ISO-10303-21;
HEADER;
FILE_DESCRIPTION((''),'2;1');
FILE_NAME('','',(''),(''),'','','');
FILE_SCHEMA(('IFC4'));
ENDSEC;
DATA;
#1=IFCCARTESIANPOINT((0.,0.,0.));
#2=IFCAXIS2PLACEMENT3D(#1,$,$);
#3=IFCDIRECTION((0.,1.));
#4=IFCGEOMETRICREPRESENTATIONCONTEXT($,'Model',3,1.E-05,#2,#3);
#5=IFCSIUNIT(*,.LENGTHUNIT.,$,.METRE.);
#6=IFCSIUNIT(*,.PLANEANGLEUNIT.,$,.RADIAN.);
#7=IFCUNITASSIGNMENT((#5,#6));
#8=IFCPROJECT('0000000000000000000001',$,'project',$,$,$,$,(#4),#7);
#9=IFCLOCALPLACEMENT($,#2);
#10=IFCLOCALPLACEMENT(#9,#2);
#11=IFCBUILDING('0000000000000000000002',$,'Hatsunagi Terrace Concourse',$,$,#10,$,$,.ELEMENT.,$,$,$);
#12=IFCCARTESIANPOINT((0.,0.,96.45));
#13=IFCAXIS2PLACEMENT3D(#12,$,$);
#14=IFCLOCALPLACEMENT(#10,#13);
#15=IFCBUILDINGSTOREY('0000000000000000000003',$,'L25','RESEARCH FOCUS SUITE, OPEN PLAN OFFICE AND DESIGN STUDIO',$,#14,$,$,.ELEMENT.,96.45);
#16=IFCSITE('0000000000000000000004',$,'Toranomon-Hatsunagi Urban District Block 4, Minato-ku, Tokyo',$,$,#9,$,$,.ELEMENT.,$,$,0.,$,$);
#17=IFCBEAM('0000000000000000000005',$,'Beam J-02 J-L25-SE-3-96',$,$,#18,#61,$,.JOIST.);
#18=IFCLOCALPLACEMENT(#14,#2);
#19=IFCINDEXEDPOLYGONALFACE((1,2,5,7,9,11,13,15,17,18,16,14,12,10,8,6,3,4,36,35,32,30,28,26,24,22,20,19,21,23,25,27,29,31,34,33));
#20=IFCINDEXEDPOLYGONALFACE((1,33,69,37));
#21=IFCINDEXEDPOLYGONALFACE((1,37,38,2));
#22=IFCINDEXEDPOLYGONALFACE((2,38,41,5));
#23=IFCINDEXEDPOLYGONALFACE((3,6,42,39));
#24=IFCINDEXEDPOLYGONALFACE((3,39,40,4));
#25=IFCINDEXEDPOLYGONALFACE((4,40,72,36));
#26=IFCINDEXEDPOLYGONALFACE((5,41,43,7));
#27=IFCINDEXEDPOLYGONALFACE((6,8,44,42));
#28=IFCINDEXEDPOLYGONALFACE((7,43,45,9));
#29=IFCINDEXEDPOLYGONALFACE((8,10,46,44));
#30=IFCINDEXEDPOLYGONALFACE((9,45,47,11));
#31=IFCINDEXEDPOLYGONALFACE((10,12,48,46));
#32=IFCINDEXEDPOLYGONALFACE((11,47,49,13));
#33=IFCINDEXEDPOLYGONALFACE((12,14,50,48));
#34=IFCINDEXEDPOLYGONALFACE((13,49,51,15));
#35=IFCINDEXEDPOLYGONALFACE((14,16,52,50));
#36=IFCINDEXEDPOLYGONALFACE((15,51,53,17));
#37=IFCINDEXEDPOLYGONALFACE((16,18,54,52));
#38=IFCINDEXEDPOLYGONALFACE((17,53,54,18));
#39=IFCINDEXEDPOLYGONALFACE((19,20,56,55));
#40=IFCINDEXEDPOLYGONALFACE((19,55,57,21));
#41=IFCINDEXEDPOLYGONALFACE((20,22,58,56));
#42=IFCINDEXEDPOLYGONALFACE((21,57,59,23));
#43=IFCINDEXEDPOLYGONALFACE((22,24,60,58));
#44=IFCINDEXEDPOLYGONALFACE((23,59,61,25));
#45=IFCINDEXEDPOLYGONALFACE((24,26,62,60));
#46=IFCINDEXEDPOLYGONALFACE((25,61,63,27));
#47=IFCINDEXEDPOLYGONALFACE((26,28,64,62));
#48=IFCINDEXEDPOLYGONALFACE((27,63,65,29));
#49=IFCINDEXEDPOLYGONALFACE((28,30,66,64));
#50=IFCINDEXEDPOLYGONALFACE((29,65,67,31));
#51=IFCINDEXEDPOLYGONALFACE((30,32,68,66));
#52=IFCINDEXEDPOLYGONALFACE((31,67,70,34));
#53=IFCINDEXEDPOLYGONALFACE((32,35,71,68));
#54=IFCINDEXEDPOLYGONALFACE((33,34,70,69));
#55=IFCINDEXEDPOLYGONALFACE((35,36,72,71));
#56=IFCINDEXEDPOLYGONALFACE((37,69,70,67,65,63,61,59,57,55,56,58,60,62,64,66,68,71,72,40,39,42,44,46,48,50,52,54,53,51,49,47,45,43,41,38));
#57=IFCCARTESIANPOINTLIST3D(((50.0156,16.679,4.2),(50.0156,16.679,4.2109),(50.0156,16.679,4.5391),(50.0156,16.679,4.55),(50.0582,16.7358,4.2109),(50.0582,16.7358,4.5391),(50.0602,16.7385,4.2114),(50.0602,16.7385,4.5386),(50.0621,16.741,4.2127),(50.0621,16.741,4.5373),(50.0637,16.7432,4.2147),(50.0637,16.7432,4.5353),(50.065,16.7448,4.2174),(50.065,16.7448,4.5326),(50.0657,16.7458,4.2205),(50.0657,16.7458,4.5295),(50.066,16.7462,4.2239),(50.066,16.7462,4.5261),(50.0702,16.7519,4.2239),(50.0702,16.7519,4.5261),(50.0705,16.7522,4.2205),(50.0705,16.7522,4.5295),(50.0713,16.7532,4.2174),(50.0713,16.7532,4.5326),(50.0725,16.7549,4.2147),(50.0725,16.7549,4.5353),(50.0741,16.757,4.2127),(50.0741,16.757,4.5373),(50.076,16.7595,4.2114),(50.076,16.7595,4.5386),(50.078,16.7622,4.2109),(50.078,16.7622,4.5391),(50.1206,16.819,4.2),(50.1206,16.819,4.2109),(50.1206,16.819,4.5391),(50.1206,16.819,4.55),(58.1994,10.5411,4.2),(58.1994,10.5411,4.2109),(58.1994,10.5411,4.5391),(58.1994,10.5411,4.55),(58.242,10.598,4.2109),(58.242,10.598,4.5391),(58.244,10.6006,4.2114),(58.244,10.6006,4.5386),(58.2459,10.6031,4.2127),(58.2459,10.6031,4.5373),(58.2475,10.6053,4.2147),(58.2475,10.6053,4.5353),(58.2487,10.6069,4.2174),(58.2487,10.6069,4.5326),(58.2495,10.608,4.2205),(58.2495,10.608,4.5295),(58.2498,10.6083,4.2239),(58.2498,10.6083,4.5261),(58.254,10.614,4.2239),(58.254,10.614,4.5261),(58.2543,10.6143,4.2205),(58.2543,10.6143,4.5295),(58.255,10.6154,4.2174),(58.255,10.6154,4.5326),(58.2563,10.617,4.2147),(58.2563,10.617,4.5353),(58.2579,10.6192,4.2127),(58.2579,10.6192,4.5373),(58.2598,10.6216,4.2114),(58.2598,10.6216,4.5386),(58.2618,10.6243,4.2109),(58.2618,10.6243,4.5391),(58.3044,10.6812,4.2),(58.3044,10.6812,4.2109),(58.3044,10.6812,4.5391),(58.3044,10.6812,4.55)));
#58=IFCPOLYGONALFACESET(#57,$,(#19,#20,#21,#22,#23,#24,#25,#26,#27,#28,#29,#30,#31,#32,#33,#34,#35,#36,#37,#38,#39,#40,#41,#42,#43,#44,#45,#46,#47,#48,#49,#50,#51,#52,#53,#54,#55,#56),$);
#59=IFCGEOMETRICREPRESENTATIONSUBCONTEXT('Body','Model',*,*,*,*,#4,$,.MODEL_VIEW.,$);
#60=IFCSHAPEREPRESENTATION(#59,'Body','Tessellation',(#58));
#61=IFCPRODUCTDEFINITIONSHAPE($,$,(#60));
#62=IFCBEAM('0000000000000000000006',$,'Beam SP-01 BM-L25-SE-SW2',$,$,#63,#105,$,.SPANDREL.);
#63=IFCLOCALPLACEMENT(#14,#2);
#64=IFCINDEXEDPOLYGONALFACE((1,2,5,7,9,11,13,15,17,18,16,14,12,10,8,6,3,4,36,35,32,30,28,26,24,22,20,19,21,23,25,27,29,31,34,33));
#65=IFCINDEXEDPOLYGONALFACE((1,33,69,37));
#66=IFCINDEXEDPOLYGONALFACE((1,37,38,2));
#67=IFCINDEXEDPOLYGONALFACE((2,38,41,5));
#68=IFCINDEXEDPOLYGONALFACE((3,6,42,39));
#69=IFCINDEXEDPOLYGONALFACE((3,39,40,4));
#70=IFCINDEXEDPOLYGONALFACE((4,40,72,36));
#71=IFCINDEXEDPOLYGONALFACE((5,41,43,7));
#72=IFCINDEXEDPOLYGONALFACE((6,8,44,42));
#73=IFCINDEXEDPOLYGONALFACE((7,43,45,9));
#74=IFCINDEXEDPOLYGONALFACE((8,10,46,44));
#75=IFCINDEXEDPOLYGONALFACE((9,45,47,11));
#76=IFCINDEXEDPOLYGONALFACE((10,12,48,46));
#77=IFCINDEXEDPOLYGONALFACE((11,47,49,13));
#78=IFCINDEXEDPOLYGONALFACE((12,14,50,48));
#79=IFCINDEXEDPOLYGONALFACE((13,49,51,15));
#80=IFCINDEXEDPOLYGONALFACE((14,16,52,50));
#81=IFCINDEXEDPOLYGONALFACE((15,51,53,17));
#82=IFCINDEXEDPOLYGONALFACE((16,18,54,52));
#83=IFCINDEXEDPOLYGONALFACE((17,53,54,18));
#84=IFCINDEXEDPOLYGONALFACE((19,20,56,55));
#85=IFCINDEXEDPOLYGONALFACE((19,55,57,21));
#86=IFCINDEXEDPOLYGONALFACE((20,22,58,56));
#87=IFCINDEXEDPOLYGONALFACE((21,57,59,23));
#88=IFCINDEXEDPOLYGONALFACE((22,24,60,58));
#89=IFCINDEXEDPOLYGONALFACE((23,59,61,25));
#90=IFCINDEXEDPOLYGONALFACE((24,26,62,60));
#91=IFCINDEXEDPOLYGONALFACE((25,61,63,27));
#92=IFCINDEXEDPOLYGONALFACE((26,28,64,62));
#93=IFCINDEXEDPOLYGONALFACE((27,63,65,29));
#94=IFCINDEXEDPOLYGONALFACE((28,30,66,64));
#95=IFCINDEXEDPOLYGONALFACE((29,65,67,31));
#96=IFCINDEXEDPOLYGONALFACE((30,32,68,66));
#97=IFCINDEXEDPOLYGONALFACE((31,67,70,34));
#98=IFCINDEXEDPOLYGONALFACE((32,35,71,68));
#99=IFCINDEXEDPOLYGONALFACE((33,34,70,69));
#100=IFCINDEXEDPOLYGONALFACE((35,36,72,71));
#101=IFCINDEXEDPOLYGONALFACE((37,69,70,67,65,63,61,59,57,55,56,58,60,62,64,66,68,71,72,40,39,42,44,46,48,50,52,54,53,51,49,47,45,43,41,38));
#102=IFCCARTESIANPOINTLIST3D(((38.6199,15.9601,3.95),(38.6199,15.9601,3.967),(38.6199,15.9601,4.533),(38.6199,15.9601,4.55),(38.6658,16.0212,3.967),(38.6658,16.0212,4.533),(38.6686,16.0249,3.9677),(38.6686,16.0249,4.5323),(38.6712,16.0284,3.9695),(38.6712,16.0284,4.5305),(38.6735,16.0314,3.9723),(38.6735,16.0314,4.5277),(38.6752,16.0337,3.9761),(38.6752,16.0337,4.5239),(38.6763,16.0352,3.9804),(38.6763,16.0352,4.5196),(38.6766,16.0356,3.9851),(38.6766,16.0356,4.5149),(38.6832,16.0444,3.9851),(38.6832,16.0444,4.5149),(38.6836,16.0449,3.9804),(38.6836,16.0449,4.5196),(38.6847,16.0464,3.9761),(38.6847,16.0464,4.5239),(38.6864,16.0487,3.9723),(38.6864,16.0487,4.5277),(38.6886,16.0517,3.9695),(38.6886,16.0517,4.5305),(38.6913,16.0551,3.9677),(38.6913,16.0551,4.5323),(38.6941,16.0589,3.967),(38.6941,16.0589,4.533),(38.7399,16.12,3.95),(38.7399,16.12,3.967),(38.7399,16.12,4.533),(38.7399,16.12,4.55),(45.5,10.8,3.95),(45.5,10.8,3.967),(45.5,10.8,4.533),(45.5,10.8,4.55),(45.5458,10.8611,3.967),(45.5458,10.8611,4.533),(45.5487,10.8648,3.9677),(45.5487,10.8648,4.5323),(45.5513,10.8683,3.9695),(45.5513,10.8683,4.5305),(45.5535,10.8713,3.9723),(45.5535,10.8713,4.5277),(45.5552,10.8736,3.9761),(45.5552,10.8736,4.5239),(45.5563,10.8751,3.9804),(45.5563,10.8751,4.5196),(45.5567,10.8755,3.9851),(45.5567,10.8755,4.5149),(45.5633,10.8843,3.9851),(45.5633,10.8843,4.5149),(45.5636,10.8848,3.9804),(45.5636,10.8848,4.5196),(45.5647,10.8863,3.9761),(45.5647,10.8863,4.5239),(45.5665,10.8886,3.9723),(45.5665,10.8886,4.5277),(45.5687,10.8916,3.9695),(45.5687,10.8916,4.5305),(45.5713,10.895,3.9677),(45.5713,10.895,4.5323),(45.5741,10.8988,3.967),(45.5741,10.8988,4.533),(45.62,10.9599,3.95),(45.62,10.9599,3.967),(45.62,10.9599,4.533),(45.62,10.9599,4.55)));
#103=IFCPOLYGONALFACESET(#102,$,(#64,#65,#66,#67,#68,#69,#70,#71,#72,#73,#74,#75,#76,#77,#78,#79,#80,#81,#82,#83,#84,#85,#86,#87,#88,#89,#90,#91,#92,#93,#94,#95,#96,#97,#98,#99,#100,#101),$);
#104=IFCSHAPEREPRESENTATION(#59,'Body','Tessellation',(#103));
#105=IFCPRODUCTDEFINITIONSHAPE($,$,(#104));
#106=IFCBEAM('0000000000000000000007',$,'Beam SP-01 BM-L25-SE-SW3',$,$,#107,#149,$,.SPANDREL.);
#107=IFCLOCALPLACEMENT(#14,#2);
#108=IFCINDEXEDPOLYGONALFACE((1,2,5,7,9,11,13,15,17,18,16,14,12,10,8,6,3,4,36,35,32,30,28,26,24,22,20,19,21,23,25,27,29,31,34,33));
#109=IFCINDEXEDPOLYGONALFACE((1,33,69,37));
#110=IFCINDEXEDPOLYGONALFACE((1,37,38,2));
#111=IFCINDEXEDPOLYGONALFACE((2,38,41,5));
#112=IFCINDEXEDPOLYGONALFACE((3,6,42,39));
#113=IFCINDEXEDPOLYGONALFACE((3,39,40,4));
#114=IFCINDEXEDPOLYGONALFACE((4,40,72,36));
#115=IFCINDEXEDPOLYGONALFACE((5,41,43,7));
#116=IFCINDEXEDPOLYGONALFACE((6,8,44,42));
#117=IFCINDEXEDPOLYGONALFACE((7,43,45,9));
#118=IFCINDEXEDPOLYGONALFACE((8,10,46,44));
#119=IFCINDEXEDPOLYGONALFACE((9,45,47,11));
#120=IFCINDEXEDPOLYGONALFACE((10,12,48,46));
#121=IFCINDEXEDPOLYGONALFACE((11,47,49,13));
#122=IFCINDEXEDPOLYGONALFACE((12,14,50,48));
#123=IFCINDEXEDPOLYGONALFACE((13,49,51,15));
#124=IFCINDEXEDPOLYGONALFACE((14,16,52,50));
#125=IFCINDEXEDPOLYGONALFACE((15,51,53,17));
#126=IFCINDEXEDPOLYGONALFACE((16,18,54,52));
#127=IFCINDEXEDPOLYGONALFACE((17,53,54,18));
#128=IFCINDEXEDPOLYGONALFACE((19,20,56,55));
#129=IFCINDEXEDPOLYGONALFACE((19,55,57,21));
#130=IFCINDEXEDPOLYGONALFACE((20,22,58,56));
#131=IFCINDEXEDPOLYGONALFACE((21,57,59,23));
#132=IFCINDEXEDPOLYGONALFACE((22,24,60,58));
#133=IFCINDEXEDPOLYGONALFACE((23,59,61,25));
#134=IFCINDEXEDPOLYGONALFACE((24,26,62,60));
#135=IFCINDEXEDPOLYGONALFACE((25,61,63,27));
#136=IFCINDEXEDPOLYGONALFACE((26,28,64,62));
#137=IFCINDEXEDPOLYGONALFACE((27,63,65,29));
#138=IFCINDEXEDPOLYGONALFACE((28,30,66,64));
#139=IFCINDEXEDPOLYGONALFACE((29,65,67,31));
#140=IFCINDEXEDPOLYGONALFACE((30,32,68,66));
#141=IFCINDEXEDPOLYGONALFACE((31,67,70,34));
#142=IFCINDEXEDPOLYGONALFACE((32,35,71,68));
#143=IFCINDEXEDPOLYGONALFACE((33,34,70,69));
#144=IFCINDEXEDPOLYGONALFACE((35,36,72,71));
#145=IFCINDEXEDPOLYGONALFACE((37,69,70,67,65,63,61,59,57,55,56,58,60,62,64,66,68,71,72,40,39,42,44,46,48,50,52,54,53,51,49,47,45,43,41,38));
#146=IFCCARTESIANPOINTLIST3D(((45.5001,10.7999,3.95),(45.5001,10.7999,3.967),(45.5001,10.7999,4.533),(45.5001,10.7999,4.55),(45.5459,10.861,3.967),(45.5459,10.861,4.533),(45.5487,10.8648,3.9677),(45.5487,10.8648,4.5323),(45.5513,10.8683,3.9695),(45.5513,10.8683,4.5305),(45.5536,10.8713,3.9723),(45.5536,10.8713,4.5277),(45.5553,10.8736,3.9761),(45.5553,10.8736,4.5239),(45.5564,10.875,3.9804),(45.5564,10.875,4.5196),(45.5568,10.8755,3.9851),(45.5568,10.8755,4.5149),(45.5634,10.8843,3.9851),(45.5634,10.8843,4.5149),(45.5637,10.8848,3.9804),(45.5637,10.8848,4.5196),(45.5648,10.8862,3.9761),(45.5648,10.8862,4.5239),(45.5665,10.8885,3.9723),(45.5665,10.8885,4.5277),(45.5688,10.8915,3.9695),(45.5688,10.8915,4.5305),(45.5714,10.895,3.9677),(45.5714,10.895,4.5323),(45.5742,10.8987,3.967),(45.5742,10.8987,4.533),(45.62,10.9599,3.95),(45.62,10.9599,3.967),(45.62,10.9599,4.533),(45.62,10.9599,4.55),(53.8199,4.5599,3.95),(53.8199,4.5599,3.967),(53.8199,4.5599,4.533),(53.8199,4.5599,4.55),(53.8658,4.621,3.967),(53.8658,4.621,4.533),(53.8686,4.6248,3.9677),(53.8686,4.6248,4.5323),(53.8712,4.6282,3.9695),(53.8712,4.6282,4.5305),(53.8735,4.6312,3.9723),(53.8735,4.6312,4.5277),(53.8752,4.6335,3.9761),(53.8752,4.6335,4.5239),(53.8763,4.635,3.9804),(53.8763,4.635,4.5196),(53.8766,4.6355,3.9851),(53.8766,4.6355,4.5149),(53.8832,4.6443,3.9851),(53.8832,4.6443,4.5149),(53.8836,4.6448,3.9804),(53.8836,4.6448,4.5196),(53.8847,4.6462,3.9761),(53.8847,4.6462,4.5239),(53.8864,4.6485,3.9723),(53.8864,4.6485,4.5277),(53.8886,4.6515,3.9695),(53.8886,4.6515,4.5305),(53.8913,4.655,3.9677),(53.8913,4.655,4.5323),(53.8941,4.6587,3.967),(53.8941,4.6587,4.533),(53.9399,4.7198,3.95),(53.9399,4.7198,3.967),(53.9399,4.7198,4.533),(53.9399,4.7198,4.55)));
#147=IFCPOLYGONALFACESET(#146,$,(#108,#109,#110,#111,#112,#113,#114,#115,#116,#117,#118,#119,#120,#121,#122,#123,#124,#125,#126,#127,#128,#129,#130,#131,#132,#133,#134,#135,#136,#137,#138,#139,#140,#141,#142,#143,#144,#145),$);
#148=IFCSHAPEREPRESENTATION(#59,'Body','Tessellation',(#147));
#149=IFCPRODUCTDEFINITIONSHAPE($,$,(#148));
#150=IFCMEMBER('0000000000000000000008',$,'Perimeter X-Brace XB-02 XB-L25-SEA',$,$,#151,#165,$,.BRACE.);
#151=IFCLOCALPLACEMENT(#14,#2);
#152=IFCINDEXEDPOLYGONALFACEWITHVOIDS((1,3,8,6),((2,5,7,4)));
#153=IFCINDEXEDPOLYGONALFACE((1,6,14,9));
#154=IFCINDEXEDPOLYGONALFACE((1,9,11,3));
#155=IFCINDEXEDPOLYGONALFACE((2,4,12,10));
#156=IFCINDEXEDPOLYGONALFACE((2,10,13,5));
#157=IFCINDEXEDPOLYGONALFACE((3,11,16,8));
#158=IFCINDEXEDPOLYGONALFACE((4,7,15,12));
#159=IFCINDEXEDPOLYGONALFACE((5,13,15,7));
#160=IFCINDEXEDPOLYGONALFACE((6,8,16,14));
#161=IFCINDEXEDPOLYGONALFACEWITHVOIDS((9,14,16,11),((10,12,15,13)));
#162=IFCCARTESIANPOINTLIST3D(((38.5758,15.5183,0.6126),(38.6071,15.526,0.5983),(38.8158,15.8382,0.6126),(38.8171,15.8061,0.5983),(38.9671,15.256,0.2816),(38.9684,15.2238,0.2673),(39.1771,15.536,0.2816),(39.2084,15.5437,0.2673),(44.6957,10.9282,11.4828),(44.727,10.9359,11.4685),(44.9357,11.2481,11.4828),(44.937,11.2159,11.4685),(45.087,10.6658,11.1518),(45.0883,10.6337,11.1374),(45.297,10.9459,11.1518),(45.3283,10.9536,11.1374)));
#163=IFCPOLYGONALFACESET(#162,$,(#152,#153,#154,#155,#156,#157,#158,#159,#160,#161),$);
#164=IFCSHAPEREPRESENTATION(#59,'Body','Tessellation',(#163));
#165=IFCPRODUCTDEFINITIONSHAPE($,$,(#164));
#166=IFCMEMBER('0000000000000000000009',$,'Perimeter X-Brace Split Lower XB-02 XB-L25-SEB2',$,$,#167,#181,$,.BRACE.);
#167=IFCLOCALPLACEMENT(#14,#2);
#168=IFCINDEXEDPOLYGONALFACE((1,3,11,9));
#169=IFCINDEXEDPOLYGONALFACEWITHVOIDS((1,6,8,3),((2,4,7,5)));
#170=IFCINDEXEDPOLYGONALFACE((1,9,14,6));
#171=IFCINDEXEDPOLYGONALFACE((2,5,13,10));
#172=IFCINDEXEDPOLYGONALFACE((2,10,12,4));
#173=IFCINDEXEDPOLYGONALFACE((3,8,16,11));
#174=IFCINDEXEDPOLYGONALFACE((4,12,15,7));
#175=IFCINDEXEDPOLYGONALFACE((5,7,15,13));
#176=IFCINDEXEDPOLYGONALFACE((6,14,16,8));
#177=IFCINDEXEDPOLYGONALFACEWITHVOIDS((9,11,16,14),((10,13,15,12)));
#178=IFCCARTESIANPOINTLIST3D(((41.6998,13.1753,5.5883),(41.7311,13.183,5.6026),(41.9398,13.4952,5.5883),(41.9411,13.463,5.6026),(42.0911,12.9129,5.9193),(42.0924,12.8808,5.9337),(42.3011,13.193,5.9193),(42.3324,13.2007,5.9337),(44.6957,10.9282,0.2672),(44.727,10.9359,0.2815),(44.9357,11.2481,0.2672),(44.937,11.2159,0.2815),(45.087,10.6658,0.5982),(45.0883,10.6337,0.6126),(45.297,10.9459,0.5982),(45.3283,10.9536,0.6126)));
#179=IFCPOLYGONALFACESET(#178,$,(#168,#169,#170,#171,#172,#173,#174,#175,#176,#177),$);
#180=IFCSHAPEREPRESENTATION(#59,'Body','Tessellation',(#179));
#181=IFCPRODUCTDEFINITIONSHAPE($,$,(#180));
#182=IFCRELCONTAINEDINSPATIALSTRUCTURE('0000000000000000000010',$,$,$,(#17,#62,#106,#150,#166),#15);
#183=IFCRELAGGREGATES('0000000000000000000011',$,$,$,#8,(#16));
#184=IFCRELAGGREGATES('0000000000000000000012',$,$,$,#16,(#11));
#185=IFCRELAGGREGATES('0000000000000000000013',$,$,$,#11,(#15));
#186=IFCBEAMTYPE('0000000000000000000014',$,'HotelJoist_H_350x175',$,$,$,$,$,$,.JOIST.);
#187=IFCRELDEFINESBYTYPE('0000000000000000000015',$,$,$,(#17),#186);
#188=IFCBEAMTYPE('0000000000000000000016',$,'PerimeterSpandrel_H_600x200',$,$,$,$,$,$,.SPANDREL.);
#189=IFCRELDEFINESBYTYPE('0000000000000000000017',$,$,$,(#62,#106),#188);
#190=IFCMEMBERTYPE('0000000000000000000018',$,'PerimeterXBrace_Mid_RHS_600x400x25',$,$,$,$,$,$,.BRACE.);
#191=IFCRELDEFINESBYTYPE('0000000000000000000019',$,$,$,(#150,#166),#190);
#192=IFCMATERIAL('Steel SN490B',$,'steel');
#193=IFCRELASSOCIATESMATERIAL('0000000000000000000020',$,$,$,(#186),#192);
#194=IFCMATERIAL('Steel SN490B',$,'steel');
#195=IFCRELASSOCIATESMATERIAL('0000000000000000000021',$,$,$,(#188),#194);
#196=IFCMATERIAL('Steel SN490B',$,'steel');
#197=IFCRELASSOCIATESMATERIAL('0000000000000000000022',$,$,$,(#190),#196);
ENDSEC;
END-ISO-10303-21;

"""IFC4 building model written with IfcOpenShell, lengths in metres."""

from ifc_helpers import new_model, si_unit, direction, frame, origin, origin_2d, place, context, subcontext, project, spatial, hollow_rectangle, i_section, extrude, material, material_profile, profile_set, type_object, element, save


model = new_model("IFC4")

# Units and contexts
model_context = context("Model", 3, precision=1e-05, world=origin(), true_north=direction((0.0, 1.0)))
body_context = subcontext(model_context, "Body", "Model", "MODEL_VIEW")
ifc_project = project(units=[si_unit("LENGTHUNIT", "METRE"), si_unit("PLANEANGLEUNIT", "RADIAN")], contexts=[model_context])

# Site, building, storey
site_placement = place(None, origin())
site = spatial("IfcSite", under=ifc_project, at=site_placement, Name="Toranomon-Hatsunagi Urban District Block 4, Minato-ku, Tokyo", CompositionType="ELEMENT", RefElevation=0.0)
building_placement = place(site_placement, origin())
building = spatial("IfcBuilding", under=site, at=building_placement, Name="Hatsunagi Terrace Concourse", CompositionType="ELEMENT")
storey_placement = place(building_placement, frame((0.0, 0.0, 96.45)))
storey = spatial("IfcBuildingStorey", under=building, at=storey_placement, Name="L25", Description="RESEARCH FOCUS SUITE, OPEN PLAN OFFICE AND DESIGN STUDIO", CompositionType="ELEMENT", Elevation=96.45)

# Beams
ifc_material_1 = material(Name="Steel SN490B", Category="steel")
ifc_material_profile_1 = material_profile(ifc_material_1, i_section(OverallWidth=0.175, OverallDepth=0.3501, WebThickness=0.0071, FlangeThickness=0.011, FilletRadius=0.0129, at=origin_2d()), Name="H-350x175x7x11")
ifc_profile_set_1 = profile_set([ifc_material_profile_1], Name="Steel SN490B")
beam_type_1 = type_object("IfcBeamType", Name="HotelJoist_H_350x175", PredefinedType="JOIST", material=ifc_profile_set_1)
beam_1_placement = place(storey_placement, frame((50.0681, 16.749, 4.375), z_axis=(0.799997, -0.600004, 0.0), x_axis=(0.600004, 0.799997, 0.0)))
element("IfcBeam", 1, at=beam_1_placement, inside=storey, type_object=beam_type_1, Name="Beam J-02 J-L25-SE-3-96", PredefinedType="JOIST", context=body_context, shape_type="SweptSolid", body=[
    extrude(i_section(OverallWidth=0.175, OverallDepth=0.3501, WebThickness=0.0071, FlangeThickness=0.011, FilletRadius=0.0129, at=origin_2d()), origin(), (0.0, 0.0, 1.0), 10.2297),
])
ifc_material_2 = material(Name="Steel SN490B", Category="steel")
ifc_material_profile_2 = material_profile(ifc_material_2, i_section(OverallWidth=0.2, OverallDepth=0.6001, WebThickness=0.011, FlangeThickness=0.0171, FilletRadius=0.0181, at=origin_2d()), Name="H-600x200x11x17")
ifc_profile_set_2 = profile_set([ifc_material_profile_2], Name="Steel SN490B")
beam_type_2 = type_object("IfcBeamType", Name="PerimeterSpandrel_H_600x200", PredefinedType="SPANDREL", material=ifc_profile_set_2)
beam_2_placement = place(storey_placement, frame((38.6799, 16.04, 4.25), z_axis=(0.799997, -0.600005, 0.0), x_axis=(0.600005, 0.799997, 0.0)))
element("IfcBeam", 2, at=beam_2_placement, inside=storey, type_object=beam_type_2, Name="Beam SP-01 BM-L25-SE-SW2", PredefinedType="SPANDREL", context=body_context, shape_type="SweptSolid", body=[
    extrude(i_section(OverallWidth=0.2, OverallDepth=0.6001, WebThickness=0.011, FlangeThickness=0.0171, FilletRadius=0.0181, at=origin_2d()), origin(), (0.0, 0.0, 1.0), 8.6001),
])
beam_3_placement = place(storey_placement, frame((45.5601, 10.8799, 4.25), z_axis=(0.799994, -0.600008, 0.0), x_axis=(0.600008, 0.799994, 0.0)))
element("IfcBeam", 3, at=beam_3_placement, inside=storey, type_object=beam_type_2, Name="Beam SP-01 BM-L25-SE-SW3", PredefinedType="SPANDREL", context=body_context, shape_type="SweptSolid", body=[
    extrude(i_section(OverallWidth=0.2, OverallDepth=0.6001, WebThickness=0.011, FlangeThickness=0.0171, FilletRadius=0.0181, at=origin_2d()), origin(), (0.0, 0.0, 1.0), 10.3999),
])

# Members
ifc_material_3 = material(Name="Steel SN490B", Category="steel")
ifc_material_profile_3 = material_profile(ifc_material_3, hollow_rectangle(XDim=0.3999, YDim=0.6001, WallThickness=0.0249, at=origin_2d()), Name="RHS-600x400x25")
ifc_profile_set_3 = profile_set([ifc_material_profile_3], Name="Steel SN490B")
member_type = type_object("IfcMemberType", Name="PerimeterXBrace_Mid_RHS_600x400x25", PredefinedType="BRACE", material=ifc_profile_set_3)
member_1_placement = place(storey_placement, frame((38.8921, 15.531, 0.4399), z_axis=(0.460413, -0.345323, 0.817785), x_axis=(0.600015, 0.799989, 0.0)))
element("IfcMember", 4, at=member_1_placement, inside=storey, type_object=member_type, Name="Perimeter X-Brace XB-02 XB-L25-SEA", PredefinedType="BRACE", context=body_context, shape_type="SweptSolid", body=[
    extrude(hollow_rectangle(XDim=0.3999, YDim=0.6001, WallThickness=0.0249, at=origin_2d()), origin(), (0.0, 0.0, 1.0), 13.2922),
])
member_2_placement = place(storey_placement, frame((42.0161, 13.188, 5.761), z_axis=(0.460421, -0.345344, -0.817771), x_axis=(0.600031, 0.799977, 0.0)))
element("IfcMember", 5, at=member_2_placement, inside=storey, type_object=member_type, Name="Perimeter X-Brace Split Lower XB-02 XB-L25-SEB2", PredefinedType="BRACE", context=body_context, shape_type="SweptSolid", body=[
    extrude(hollow_rectangle(XDim=0.3999, YDim=0.6001, WallThickness=0.0249, at=origin_2d()), origin(), (0.0, 0.0, 1.0), 6.5068),
])

save(model, "model.ifc")
